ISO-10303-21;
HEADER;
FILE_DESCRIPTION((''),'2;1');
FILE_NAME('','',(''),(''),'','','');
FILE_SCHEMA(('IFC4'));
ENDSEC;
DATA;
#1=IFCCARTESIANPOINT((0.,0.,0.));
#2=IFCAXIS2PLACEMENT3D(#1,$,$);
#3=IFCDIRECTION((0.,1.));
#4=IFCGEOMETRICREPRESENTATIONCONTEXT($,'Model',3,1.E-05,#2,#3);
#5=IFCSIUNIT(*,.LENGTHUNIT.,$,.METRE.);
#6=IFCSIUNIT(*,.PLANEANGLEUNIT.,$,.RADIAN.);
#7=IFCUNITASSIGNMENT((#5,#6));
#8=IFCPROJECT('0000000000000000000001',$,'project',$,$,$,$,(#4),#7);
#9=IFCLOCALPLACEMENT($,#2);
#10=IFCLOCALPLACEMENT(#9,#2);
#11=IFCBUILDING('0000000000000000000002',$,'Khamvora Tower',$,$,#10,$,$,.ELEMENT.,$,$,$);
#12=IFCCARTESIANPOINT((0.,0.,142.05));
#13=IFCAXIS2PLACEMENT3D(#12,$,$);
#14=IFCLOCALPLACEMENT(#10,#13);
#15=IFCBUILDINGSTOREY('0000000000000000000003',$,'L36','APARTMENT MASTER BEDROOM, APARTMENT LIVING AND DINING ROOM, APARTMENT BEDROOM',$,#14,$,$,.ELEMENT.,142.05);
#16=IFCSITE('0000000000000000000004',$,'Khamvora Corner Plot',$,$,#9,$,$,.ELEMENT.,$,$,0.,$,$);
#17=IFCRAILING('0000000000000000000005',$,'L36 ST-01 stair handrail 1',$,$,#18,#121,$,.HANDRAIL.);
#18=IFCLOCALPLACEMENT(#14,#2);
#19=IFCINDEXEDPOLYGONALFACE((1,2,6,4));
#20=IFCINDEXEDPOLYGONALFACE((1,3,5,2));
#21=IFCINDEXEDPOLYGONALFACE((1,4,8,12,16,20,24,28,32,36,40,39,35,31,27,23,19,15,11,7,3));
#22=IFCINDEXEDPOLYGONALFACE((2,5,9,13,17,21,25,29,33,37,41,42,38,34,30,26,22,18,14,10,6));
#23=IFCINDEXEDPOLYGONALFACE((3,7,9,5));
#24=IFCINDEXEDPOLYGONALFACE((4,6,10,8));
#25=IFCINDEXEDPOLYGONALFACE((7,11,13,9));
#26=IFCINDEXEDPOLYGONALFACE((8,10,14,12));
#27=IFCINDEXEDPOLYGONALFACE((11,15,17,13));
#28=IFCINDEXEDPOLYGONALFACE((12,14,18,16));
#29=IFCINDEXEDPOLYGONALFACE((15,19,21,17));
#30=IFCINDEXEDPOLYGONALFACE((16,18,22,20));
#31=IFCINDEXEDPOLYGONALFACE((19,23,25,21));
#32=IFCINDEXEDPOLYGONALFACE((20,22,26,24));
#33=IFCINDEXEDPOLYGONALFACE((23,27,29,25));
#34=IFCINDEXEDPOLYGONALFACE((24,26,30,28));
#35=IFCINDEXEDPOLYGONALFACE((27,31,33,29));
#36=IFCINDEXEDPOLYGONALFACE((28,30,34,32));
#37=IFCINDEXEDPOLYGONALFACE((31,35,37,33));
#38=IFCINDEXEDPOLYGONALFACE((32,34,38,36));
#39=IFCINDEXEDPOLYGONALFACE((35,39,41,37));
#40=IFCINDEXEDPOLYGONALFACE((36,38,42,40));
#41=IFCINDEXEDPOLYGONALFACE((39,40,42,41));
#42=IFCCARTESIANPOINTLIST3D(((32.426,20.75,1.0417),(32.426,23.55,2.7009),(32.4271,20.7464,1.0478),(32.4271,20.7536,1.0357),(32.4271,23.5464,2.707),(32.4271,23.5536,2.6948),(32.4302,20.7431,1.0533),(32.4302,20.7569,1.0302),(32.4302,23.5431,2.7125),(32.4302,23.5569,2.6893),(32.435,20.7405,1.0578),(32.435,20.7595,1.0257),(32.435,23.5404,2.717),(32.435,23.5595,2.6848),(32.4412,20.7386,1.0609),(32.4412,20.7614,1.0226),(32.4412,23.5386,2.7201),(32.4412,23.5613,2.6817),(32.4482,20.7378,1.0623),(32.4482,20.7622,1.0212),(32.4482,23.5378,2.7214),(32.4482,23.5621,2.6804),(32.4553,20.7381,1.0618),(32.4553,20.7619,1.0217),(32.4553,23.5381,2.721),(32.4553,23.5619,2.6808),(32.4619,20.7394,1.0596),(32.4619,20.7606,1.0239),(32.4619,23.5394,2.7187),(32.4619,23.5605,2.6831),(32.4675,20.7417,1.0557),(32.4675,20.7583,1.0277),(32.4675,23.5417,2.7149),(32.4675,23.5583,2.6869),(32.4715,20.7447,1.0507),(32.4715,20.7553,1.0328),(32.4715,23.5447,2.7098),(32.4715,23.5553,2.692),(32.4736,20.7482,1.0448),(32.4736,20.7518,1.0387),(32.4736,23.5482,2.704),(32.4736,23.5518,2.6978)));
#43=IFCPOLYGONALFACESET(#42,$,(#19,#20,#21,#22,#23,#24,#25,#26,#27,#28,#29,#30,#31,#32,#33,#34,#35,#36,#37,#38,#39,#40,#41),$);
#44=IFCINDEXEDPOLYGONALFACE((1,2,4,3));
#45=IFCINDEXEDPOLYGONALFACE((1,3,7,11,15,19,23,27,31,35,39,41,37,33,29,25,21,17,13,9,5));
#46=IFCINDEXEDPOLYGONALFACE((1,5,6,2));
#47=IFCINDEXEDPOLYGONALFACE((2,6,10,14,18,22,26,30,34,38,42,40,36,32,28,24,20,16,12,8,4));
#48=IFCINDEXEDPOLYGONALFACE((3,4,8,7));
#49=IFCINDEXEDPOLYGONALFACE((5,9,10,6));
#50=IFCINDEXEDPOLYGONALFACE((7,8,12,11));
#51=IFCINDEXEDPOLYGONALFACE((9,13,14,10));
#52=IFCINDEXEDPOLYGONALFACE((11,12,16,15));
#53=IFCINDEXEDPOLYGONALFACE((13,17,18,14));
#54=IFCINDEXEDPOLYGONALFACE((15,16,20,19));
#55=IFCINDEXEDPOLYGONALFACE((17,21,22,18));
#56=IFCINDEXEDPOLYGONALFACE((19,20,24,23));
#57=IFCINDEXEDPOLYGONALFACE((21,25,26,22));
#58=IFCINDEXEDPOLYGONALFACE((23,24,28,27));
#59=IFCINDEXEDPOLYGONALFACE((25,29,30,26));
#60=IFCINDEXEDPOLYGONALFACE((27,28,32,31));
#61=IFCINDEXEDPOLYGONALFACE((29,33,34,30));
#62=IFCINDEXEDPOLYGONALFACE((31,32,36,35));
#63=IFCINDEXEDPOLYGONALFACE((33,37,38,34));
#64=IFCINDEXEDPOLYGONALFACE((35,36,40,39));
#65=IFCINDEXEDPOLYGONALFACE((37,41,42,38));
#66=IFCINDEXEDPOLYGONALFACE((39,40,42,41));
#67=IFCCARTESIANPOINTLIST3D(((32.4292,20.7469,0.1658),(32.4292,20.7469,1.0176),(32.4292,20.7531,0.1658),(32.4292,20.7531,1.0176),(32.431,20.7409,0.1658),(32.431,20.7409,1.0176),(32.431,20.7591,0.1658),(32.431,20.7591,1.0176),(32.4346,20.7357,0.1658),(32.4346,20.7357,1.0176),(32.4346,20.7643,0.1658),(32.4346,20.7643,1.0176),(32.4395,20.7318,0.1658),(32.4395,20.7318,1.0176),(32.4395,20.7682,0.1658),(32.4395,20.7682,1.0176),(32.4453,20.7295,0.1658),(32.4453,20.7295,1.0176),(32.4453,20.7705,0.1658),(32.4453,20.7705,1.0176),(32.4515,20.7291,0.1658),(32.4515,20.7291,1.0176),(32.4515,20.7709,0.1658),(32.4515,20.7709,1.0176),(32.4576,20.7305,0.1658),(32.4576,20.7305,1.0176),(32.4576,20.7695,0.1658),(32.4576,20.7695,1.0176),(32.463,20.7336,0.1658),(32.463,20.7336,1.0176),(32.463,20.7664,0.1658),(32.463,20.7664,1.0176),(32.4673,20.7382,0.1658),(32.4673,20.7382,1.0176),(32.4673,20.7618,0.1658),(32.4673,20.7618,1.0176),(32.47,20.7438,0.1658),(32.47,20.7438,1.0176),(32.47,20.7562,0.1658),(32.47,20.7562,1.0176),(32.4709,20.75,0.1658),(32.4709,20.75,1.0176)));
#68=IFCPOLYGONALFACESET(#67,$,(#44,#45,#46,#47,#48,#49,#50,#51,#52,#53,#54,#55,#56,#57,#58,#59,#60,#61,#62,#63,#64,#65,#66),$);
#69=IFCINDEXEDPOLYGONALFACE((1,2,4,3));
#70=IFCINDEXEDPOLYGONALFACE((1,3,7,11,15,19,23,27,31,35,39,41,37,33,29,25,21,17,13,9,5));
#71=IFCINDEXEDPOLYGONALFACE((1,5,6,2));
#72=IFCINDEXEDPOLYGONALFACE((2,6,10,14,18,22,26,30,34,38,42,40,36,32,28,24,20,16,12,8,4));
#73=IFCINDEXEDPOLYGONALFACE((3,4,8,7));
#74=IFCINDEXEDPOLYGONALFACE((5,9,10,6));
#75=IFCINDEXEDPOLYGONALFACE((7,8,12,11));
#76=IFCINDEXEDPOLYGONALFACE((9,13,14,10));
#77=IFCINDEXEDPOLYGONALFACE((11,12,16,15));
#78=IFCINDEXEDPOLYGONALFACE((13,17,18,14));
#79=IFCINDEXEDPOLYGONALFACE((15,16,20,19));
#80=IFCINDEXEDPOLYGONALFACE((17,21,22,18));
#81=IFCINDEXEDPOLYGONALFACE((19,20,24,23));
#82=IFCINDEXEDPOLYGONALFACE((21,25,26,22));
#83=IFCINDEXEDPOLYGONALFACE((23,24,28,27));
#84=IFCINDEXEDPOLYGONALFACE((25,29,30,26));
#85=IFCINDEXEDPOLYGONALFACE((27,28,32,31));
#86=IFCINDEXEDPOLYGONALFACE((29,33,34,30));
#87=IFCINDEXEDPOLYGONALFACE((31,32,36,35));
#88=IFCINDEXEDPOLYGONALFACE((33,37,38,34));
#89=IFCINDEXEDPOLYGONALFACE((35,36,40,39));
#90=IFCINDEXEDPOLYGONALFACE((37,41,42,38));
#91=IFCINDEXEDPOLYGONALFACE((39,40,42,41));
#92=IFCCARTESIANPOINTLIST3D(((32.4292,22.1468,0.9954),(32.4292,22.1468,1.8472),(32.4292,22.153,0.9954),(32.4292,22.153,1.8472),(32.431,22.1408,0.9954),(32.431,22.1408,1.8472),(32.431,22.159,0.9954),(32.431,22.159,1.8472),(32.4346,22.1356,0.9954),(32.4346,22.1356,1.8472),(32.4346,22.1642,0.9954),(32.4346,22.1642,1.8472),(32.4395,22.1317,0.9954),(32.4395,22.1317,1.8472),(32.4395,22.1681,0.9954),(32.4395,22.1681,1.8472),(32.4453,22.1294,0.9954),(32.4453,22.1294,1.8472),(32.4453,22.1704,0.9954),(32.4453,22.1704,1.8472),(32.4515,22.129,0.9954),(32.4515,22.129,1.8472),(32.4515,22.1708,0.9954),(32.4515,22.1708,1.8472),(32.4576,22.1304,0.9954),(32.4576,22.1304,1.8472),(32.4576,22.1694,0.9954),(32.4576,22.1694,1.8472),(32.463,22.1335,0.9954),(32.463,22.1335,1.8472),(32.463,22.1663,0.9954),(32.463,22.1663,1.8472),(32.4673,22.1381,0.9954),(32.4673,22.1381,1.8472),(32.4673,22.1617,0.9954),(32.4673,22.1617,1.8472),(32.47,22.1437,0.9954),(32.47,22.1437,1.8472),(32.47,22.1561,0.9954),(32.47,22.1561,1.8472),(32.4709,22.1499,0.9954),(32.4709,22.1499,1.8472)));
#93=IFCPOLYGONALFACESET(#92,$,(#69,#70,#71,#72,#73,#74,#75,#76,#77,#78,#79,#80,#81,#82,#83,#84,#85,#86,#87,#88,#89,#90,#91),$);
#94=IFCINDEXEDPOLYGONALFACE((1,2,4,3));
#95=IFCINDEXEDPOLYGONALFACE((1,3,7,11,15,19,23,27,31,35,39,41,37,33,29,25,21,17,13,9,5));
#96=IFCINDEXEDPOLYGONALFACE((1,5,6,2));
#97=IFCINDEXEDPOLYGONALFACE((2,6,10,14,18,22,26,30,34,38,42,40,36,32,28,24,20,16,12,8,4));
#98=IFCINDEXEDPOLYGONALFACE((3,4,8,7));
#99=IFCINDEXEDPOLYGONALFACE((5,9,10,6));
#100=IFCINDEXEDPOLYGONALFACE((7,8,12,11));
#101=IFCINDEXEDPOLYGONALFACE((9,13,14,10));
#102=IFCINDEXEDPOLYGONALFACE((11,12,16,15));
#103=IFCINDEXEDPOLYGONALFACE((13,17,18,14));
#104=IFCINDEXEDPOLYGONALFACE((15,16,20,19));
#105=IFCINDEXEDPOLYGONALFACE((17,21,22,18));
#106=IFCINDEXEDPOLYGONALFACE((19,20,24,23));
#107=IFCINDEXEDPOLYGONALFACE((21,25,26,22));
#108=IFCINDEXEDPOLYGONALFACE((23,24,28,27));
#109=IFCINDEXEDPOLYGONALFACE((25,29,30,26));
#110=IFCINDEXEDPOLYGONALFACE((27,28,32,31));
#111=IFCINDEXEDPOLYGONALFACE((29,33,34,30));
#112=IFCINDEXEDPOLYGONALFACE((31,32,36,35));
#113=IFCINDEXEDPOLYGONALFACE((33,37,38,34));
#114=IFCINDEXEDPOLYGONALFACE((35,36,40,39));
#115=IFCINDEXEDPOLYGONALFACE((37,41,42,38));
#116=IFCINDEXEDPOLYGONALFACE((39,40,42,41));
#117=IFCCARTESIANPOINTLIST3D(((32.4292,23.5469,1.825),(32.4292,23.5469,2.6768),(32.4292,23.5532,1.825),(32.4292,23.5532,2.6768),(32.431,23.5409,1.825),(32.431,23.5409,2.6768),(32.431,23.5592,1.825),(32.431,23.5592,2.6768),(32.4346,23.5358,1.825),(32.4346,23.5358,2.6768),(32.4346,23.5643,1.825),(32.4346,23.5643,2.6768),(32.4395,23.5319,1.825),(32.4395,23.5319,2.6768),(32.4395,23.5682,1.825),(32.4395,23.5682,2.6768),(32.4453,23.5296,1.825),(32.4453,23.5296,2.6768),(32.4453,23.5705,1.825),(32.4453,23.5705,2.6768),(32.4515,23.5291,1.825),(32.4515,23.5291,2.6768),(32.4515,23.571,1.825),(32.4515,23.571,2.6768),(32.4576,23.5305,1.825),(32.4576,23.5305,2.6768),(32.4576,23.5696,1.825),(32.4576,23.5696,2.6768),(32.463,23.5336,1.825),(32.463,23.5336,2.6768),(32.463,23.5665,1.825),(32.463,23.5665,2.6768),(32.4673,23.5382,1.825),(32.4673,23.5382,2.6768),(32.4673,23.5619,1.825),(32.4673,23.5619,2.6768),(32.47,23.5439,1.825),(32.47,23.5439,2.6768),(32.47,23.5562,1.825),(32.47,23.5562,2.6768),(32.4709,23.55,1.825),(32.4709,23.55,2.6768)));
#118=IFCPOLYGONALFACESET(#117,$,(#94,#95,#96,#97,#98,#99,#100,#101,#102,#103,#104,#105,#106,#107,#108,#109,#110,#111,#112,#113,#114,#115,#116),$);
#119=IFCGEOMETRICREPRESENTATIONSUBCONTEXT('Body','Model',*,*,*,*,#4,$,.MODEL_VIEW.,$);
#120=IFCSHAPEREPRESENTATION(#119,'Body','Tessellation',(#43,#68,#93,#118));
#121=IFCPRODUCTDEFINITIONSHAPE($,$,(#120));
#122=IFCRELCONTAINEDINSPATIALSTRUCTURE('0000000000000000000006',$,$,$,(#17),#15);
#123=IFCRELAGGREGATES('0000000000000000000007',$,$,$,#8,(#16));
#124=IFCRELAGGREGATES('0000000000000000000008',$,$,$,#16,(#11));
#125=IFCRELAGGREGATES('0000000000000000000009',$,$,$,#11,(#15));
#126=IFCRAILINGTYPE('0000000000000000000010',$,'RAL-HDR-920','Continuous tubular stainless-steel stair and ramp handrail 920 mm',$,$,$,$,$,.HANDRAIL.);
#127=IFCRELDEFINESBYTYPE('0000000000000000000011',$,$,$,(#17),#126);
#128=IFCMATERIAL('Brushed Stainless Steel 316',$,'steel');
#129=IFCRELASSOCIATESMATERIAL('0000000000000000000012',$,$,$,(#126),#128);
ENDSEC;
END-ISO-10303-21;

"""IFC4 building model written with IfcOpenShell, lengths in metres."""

from ifc_helpers import new_model, si_unit, direction, frame, origin, origin_2d, place, context, subcontext, project, spatial, circle, extrude, material, type_object, element, save


model = new_model("IFC4")

# Units and contexts
model_context = context("Model", 3, precision=1e-05, world=origin(), true_north=direction((0.0, 1.0)))
body_context = subcontext(model_context, "Body", "Model", "MODEL_VIEW")
ifc_project = project(units=[si_unit("LENGTHUNIT", "METRE"), si_unit("PLANEANGLEUNIT", "RADIAN")], contexts=[model_context])

# Site, building, storey
site_placement = place(None, origin())
site = spatial("IfcSite", under=ifc_project, at=site_placement, Name="Khamvora Corner Plot", CompositionType="ELEMENT", RefElevation=0.0)
building_placement = place(site_placement, origin())
building = spatial("IfcBuilding", under=site, at=building_placement, Name="Khamvora Tower", CompositionType="ELEMENT")
storey_placement = place(building_placement, frame((0.0, 0.0, 142.05)))
storey = spatial("IfcBuildingStorey", under=building, at=storey_placement, Name="L36", Description="APARTMENT MASTER BEDROOM, APARTMENT LIVING AND DINING ROOM, APARTMENT BEDROOM", CompositionType="ELEMENT", Elevation=142.05)

# Railing
ifc_material_1 = material(Name="Brushed Stainless Steel 316", Category="steel")
railing_type_1 = type_object("IfcRailingType", Name="RAL-HDR-920", Description="Continuous tubular stainless-steel stair and ramp handrail 920 mm", PredefinedType="HANDRAIL", material=ifc_material_1)
railing_1_placement = place(storey_placement, frame((32.45, 20.75, 0.1658)))
element("IfcRailing", 1, at=railing_1_placement, inside=storey, type_object=railing_type_1, Name="L36 ST-01 stair handrail 1", PredefinedType="HANDRAIL", context=body_context, shape_type="SweptSolid", body=[
    extrude(circle(Radius=0.0239, at=origin_2d()), frame((0.0, 0.0, 0.876), z_axis=(0.0, 0.860306, 0.509778), x_axis=(-1.0, 0.0, 0.0)), (0.0, 0.0, 1.0), 3.2546),
    extrude(circle(Radius=0.021, at=origin_2d()), origin(), (0.0, 0.0, 1.0), 0.8518),
    extrude(circle(Radius=0.021, at=origin_2d()), frame((0.0, 1.3999, 0.8296)), (0.0, 0.0, 1.0), 0.8518),
    extrude(circle(Radius=0.021, at=origin_2d()), frame((0.0, 2.8, 1.6592)), (0.0, 0.0, 1.0), 0.8518),
])

save(model, "model.ifc")
